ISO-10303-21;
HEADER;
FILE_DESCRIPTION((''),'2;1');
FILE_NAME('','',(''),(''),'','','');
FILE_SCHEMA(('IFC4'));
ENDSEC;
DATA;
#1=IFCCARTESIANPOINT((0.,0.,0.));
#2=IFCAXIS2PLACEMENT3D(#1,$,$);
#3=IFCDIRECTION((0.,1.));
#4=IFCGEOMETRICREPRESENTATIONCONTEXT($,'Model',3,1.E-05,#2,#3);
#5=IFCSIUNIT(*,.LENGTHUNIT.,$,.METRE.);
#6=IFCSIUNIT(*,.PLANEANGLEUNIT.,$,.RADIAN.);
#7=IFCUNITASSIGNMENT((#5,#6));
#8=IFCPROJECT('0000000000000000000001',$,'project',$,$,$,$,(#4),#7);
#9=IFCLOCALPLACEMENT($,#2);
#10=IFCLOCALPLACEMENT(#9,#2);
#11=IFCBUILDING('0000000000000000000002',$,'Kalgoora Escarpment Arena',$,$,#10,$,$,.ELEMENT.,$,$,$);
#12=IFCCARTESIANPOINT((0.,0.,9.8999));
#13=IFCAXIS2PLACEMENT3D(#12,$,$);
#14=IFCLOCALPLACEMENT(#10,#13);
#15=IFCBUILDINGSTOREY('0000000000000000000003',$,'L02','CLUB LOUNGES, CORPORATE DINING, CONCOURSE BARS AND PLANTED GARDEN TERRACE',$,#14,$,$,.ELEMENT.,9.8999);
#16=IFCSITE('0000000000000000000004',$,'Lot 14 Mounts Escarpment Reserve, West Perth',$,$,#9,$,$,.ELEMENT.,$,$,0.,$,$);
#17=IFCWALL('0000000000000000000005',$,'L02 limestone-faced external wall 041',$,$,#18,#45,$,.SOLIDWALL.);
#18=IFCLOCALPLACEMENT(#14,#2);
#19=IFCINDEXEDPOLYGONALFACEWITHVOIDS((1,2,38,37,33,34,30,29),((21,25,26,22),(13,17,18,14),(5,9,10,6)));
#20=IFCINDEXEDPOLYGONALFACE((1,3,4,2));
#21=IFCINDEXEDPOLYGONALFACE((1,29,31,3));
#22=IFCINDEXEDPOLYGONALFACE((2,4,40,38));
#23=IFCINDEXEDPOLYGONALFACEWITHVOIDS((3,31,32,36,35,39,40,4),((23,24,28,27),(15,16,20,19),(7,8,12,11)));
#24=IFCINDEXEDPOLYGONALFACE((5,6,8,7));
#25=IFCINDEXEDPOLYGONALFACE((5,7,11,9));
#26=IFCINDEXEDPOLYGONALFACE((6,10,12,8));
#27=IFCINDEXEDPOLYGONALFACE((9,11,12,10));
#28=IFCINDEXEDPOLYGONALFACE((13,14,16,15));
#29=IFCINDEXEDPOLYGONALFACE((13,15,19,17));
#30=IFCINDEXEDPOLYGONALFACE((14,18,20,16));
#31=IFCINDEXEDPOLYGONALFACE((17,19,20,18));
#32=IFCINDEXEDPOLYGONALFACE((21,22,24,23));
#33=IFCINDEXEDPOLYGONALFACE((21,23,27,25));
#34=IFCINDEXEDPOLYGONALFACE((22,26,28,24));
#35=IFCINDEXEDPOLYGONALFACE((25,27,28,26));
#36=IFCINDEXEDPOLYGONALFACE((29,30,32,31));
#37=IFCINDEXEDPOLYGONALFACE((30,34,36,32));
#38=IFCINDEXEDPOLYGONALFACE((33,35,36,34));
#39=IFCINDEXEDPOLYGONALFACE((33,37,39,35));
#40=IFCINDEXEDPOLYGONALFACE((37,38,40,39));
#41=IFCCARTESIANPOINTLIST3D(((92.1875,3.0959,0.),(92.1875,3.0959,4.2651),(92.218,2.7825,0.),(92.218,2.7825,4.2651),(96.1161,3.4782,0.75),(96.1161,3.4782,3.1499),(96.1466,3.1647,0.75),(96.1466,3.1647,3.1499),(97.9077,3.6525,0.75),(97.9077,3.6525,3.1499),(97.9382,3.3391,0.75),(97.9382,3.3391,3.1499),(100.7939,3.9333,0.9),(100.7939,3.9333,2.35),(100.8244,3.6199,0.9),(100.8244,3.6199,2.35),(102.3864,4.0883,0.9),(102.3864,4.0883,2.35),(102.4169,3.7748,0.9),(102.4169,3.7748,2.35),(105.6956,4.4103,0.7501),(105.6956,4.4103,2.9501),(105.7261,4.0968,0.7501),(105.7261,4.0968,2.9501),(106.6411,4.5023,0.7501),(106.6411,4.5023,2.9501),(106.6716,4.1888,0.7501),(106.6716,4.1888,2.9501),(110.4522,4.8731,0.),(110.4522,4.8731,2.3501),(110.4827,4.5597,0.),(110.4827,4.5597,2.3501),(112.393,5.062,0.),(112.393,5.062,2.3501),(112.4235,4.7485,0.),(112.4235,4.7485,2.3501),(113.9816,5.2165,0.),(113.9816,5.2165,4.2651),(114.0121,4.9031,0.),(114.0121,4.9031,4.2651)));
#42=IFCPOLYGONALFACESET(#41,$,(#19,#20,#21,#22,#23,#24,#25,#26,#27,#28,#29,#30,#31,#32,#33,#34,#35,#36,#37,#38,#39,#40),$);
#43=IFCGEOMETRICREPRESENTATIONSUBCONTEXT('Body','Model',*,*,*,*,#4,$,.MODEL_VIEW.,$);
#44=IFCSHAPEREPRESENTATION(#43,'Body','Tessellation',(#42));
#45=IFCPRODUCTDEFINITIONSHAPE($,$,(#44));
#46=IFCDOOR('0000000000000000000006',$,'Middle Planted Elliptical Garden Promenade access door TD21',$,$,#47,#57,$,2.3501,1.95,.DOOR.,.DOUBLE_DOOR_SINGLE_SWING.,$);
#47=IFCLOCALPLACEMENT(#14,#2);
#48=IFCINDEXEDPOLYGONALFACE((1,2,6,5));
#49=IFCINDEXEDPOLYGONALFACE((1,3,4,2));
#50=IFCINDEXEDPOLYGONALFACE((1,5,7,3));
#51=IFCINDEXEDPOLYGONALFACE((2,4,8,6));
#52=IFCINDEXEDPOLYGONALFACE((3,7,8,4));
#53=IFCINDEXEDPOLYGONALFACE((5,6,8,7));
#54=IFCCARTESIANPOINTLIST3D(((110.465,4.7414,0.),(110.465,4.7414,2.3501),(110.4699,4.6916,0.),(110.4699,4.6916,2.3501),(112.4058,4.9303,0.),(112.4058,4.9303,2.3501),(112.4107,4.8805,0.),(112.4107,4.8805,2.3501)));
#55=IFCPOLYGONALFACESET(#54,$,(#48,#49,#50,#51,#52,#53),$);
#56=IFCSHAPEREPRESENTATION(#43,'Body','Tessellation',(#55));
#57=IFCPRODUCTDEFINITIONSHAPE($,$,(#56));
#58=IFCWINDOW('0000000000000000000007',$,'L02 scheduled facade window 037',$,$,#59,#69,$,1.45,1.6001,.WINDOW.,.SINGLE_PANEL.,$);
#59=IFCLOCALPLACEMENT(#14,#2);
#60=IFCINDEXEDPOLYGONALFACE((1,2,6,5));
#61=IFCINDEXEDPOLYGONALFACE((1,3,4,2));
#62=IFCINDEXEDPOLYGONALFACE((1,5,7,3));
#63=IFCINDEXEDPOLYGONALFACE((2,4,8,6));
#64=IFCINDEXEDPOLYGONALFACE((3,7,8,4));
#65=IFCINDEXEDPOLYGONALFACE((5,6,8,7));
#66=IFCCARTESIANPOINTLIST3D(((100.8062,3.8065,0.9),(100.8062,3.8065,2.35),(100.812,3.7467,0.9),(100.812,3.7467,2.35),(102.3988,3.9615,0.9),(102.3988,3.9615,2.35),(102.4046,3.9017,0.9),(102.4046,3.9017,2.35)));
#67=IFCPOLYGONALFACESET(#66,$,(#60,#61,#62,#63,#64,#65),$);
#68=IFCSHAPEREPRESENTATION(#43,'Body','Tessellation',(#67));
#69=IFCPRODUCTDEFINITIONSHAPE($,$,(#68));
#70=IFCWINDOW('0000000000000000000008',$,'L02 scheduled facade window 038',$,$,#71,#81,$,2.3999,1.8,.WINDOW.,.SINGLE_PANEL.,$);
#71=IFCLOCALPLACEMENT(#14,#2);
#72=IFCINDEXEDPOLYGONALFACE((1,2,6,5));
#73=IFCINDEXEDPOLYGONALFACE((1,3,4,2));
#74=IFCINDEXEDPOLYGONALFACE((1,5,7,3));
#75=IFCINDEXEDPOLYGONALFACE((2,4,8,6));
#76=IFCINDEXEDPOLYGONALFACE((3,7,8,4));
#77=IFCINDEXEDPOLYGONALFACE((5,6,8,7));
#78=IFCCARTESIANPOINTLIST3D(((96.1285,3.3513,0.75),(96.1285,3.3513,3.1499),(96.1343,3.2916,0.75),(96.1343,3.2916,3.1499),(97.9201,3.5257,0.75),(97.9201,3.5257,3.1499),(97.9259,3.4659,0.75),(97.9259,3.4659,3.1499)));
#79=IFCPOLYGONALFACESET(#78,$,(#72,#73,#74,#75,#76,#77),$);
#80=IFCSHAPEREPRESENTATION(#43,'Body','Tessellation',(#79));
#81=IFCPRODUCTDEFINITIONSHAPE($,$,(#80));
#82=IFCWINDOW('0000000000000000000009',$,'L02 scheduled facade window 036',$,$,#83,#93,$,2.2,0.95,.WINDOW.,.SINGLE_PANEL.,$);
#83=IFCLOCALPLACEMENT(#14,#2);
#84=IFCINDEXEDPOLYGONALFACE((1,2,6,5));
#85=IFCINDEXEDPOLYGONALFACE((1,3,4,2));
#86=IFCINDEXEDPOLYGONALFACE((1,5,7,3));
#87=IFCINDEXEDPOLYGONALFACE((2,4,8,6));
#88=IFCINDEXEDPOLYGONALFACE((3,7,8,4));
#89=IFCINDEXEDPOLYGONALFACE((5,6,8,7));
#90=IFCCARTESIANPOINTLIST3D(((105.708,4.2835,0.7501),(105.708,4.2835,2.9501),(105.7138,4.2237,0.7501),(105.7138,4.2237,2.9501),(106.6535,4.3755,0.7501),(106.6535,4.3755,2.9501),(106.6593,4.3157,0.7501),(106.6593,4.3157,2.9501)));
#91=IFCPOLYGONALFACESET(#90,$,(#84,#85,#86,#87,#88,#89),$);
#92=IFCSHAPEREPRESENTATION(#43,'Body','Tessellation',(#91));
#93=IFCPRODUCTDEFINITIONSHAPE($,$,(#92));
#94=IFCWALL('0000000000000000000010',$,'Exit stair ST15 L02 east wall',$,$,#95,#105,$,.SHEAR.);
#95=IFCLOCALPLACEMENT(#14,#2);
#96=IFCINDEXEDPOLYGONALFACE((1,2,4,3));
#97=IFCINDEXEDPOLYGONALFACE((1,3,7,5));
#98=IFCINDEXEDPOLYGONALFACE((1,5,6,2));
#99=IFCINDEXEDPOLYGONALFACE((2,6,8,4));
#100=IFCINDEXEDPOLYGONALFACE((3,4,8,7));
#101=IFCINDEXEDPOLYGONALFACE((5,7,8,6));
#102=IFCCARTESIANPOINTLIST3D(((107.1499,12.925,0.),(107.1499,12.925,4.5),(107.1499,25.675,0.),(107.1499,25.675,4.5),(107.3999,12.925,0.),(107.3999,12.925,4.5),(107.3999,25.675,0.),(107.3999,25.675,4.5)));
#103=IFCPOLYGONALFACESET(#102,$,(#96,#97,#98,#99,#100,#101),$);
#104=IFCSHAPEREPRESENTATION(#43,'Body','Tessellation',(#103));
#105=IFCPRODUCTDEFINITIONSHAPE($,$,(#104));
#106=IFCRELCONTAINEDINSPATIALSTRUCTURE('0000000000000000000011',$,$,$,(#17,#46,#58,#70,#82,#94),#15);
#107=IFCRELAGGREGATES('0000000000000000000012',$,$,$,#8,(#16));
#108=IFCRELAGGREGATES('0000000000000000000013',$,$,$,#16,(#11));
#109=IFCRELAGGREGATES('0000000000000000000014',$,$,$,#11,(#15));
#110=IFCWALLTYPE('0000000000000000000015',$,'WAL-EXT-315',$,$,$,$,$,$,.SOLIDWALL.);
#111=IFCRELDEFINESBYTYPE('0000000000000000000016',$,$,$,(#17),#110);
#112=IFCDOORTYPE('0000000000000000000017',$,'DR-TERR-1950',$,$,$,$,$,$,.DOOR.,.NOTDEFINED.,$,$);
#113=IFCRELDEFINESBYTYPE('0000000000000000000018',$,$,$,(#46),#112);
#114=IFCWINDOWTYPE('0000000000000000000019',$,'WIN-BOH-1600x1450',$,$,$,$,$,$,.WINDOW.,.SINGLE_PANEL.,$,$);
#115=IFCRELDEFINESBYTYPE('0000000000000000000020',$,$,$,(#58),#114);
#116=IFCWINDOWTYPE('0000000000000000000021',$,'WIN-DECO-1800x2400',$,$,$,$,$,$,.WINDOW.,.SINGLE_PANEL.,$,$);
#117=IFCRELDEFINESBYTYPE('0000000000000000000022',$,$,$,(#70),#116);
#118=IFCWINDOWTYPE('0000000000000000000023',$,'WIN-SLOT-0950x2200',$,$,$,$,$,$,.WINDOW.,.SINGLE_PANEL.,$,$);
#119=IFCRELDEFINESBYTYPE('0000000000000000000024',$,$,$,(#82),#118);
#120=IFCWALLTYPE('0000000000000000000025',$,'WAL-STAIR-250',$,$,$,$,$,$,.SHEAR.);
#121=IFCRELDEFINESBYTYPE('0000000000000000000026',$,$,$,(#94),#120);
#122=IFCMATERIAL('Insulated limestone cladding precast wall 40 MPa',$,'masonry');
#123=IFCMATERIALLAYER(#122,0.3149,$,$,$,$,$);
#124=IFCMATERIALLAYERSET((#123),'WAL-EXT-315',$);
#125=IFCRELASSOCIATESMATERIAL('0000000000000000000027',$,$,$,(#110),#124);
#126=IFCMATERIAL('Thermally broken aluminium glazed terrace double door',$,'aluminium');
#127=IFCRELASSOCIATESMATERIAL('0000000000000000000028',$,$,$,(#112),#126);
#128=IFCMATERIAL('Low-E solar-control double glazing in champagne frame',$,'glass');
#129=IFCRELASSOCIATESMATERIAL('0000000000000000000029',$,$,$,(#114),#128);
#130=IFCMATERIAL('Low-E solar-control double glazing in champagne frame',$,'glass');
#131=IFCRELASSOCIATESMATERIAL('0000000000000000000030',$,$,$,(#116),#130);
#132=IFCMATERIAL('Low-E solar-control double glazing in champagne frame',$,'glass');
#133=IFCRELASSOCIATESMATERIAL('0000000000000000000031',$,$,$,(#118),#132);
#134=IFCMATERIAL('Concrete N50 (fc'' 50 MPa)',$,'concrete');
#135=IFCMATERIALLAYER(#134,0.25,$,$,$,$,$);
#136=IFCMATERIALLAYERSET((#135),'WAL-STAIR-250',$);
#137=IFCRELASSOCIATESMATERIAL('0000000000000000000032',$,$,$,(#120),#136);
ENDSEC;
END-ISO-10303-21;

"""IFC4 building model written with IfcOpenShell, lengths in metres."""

from ifc_helpers import new_model, si_unit, direction, frame, frame_2d, origin, place, context, subcontext, project, spatial, rectangle, extrude, material, layer, layer_set, type_object, element, fill, save


model = new_model("IFC4")

# Units and contexts
model_context = context("Model", 3, precision=1e-05, world=origin(), true_north=direction((0.0, 1.0)))
body_context = subcontext(model_context, "Body", "Model", "MODEL_VIEW")
ifc_project = project(units=[si_unit("LENGTHUNIT", "METRE"), si_unit("PLANEANGLEUNIT", "RADIAN")], contexts=[model_context])

# Site, building, storey
site_placement = place(None, origin())
site = spatial("IfcSite", under=ifc_project, at=site_placement, Name="Lot 14 Mounts Escarpment Reserve, West Perth", CompositionType="ELEMENT", RefElevation=0.0)
building_placement = place(site_placement, origin())
building = spatial("IfcBuilding", under=site, at=building_placement, Name="Kalgoora Escarpment Arena", CompositionType="ELEMENT")
storey_placement = place(building_placement, frame((0.0, 0.0, 9.8999)))
storey = spatial("IfcBuildingStorey", under=building, at=storey_placement, Name="L02", Description="CLUB LOUNGES, CORPORATE DINING, CONCOURSE BARS AND PLANTED GARDEN TERRACE", CompositionType="ELEMENT", Elevation=9.8999)

# Wall, openings, door, windows
ifc_material_1 = material(Name="Insulated limestone cladding precast wall 40 MPa", Category="masonry")
ifc_layer_1 = layer(ifc_material_1, 0.3149)
ifc_layer_set_1 = layer_set([ifc_layer_1], Name="WAL-EXT-315")
wall_type_1 = type_object("IfcWallType", Name="WAL-EXT-315", PredefinedType="SOLIDWALL", material=ifc_layer_set_1)
wall_1_placement = place(storey_placement, frame((113.9968, 5.0598, 0.0), z_axis=(0.0, 0.0, 1.0), x_axis=(-0.995299, -0.096845, 0.0)))
wall_1 = element("IfcWall", 1, at=wall_1_placement, inside=storey, type_object=wall_type_1, Name="L02 limestone-faced external wall 041", PredefinedType="SOLIDWALL", context=body_context, shape_type="SweptSolid", body=[
    extrude(rectangle(XDim=21.897, YDim=0.3149, at=frame_2d((10.9485, 0.0))), origin(), (0.0, 0.0, 1.0), 4.2651),
])
opening_1_placement = place(wall_1_placement, frame((1.5959, 0.0, 0.0)))
opening_1 = element("IfcOpeningElement", 2, at=opening_1_placement, cuts=wall_1, PredefinedType="OPENING", context=body_context, shape_type="SweptSolid", body=[
    extrude(rectangle(XDim=1.95, YDim=2.3501, at=frame_2d((0.9751, 1.175))), frame((0.0, 0.1675, 0.0), z_axis=(0.0, -1.0, 0.0), x_axis=(1.0, 0.0, 0.0)), (0.0, 0.0, 1.0), 0.335),
])
opening_2_placement = place(wall_1_placement, frame((7.375, 0.0, 0.75)))
opening_2 = element("IfcOpeningElement", 3, at=opening_2_placement, cuts=wall_1, PredefinedType="OPENING", context=body_context, shape_type="SweptSolid", body=[
    extrude(rectangle(XDim=0.95, YDim=2.2, at=frame_2d((0.4751, 1.1001))), frame((0.0, 0.1675, 0.0), z_axis=(0.0, -1.0, 0.0), x_axis=(1.0, 0.0, 0.0)), (0.0, 0.0, 1.0), 0.335),
])
opening_3_placement = place(wall_1_placement, frame((11.6499, 0.0, 0.8999)))
opening_3 = element("IfcOpeningElement", 4, at=opening_3_placement, cuts=wall_1, PredefinedType="OPENING", context=body_context, shape_type="SweptSolid", body=[
    extrude(rectangle(XDim=1.6001, YDim=1.45, at=frame_2d((0.8, 0.7251))), frame((0.0, 0.1675, 0.0), z_axis=(0.0, -1.0, 0.0), x_axis=(1.0, 0.0, 0.0)), (0.0, 0.0, 1.0), 0.335),
])
opening_4_placement = place(wall_1_placement, frame((16.1499, 0.0, 0.75)))
opening_4 = element("IfcOpeningElement", 5, at=opening_4_placement, cuts=wall_1, PredefinedType="OPENING", context=body_context, shape_type="SweptSolid", body=[
    extrude(rectangle(XDim=1.8, YDim=2.3999, at=frame_2d((0.8999, 1.2))), frame((0.0, 0.1675, 0.0), z_axis=(0.0, -1.0, 0.0), x_axis=(1.0, 0.0, 0.0)), (0.0, 0.0, 1.0), 0.335),
])
ifc_material_2 = material(Name="Thermally broken aluminium glazed terrace double door", Category="aluminium")
door_type = type_object("IfcDoorType", Name="DR-TERR-1950", OperationType="NOTDEFINED", PredefinedType="DOOR", material=ifc_material_2)
door_placement = place(opening_1_placement, origin())
door = element("IfcDoor", 6, at=door_placement, inside=storey, type_object=door_type, Name="Middle Planted Elliptical Garden Promenade access door TD21", OperationType="DOUBLE_DOOR_SINGLE_SWING", OverallHeight=2.3501, OverallWidth=1.95, PredefinedType="DOOR", context=body_context, shape_type="SweptSolid", body=[
    extrude(rectangle(XDim=1.95, YDim=2.3501, at=frame_2d((0.9751, 1.175))), frame((0.0, 0.0249, 0.0), z_axis=(0.0, -1.0, 0.0), x_axis=(1.0, 0.0, 0.0)), (0.0, 0.0, 1.0), 0.05),
])
fill(opening_1, door)
ifc_material_3 = material(Name="Low-E solar-control double glazing in champagne frame", Category="glass")
window_type_1 = type_object("IfcWindowType", Name="WIN-BOH-1600x1450", PartitioningType="SINGLE_PANEL", PredefinedType="WINDOW", material=ifc_material_3)
window_1_placement = place(opening_3_placement, origin())
window_1 = element("IfcWindow", 7, at=window_1_placement, inside=storey, type_object=window_type_1, Name="L02 scheduled facade window 037", OverallHeight=1.45, OverallWidth=1.6001, PartitioningType="SINGLE_PANEL", PredefinedType="WINDOW", context=body_context, shape_type="SweptSolid", body=[
    extrude(rectangle(XDim=1.6001, YDim=1.45, at=frame_2d((0.8, 0.7251))), frame((0.0, 0.03, 0.0), z_axis=(0.0, -1.0, 0.0), x_axis=(1.0, 0.0, 0.0)), (0.0, 0.0, 1.0), 0.0601),
])
fill(opening_3, window_1)
ifc_material_4 = material(Name="Low-E solar-control double glazing in champagne frame", Category="glass")
window_type_2 = type_object("IfcWindowType", Name="WIN-DECO-1800x2400", PartitioningType="SINGLE_PANEL", PredefinedType="WINDOW", material=ifc_material_4)
window_2_placement = place(opening_4_placement, origin())
window_2 = element("IfcWindow", 8, at=window_2_placement, inside=storey, type_object=window_type_2, Name="L02 scheduled facade window 038", OverallHeight=2.3999, OverallWidth=1.8, PartitioningType="SINGLE_PANEL", PredefinedType="WINDOW", context=body_context, shape_type="SweptSolid", body=[
    extrude(rectangle(XDim=1.8, YDim=2.3999, at=frame_2d((0.8999, 1.2))), frame((0.0, 0.03, 0.0), z_axis=(0.0, -1.0, 0.0), x_axis=(1.0, 0.0, 0.0)), (0.0, 0.0, 1.0), 0.0601),
])
fill(opening_4, window_2)
ifc_material_5 = material(Name="Low-E solar-control double glazing in champagne frame", Category="glass")
window_type_3 = type_object("IfcWindowType", Name="WIN-SLOT-0950x2200", PartitioningType="SINGLE_PANEL", PredefinedType="WINDOW", material=ifc_material_5)
window_3_placement = place(opening_2_placement, origin())
window_3 = element("IfcWindow", 9, at=window_3_placement, inside=storey, type_object=window_type_3, Name="L02 scheduled facade window 036", OverallHeight=2.2, OverallWidth=0.95, PartitioningType="SINGLE_PANEL", PredefinedType="WINDOW", context=body_context, shape_type="SweptSolid", body=[
    extrude(rectangle(XDim=0.95, YDim=2.2, at=frame_2d((0.4751, 1.1001))), frame((0.0, 0.03, 0.0), z_axis=(0.0, -1.0, 0.0), x_axis=(1.0, 0.0, 0.0)), (0.0, 0.0, 1.0), 0.0601),
])
fill(opening_2, window_3)

# Wall
ifc_material_6 = material(Name="Concrete N50 (fc' 50 MPa)", Category="concrete")
ifc_layer_2 = layer(ifc_material_6, 0.25)
ifc_layer_set_2 = layer_set([ifc_layer_2], Name="WAL-STAIR-250")
wall_type_2 = type_object("IfcWallType", Name="WAL-STAIR-250", PredefinedType="SHEAR", material=ifc_layer_set_2)
wall_2_placement = place(storey_placement, frame((107.2749, 12.925, 0.0), z_axis=(0.0, 0.0, 1.0), x_axis=(0.0, 1.0, 0.0)))
element("IfcWall", 10, at=wall_2_placement, inside=storey, type_object=wall_type_2, Name="Exit stair ST15 L02 east wall", PredefinedType="SHEAR", context=body_context, shape_type="SweptSolid", body=[
    extrude(rectangle(XDim=12.75, YDim=0.25, at=frame_2d((6.375, 0.0))), origin(), (0.0, 0.0, 1.0), 4.5),
])

save(model, "model.ifc")
